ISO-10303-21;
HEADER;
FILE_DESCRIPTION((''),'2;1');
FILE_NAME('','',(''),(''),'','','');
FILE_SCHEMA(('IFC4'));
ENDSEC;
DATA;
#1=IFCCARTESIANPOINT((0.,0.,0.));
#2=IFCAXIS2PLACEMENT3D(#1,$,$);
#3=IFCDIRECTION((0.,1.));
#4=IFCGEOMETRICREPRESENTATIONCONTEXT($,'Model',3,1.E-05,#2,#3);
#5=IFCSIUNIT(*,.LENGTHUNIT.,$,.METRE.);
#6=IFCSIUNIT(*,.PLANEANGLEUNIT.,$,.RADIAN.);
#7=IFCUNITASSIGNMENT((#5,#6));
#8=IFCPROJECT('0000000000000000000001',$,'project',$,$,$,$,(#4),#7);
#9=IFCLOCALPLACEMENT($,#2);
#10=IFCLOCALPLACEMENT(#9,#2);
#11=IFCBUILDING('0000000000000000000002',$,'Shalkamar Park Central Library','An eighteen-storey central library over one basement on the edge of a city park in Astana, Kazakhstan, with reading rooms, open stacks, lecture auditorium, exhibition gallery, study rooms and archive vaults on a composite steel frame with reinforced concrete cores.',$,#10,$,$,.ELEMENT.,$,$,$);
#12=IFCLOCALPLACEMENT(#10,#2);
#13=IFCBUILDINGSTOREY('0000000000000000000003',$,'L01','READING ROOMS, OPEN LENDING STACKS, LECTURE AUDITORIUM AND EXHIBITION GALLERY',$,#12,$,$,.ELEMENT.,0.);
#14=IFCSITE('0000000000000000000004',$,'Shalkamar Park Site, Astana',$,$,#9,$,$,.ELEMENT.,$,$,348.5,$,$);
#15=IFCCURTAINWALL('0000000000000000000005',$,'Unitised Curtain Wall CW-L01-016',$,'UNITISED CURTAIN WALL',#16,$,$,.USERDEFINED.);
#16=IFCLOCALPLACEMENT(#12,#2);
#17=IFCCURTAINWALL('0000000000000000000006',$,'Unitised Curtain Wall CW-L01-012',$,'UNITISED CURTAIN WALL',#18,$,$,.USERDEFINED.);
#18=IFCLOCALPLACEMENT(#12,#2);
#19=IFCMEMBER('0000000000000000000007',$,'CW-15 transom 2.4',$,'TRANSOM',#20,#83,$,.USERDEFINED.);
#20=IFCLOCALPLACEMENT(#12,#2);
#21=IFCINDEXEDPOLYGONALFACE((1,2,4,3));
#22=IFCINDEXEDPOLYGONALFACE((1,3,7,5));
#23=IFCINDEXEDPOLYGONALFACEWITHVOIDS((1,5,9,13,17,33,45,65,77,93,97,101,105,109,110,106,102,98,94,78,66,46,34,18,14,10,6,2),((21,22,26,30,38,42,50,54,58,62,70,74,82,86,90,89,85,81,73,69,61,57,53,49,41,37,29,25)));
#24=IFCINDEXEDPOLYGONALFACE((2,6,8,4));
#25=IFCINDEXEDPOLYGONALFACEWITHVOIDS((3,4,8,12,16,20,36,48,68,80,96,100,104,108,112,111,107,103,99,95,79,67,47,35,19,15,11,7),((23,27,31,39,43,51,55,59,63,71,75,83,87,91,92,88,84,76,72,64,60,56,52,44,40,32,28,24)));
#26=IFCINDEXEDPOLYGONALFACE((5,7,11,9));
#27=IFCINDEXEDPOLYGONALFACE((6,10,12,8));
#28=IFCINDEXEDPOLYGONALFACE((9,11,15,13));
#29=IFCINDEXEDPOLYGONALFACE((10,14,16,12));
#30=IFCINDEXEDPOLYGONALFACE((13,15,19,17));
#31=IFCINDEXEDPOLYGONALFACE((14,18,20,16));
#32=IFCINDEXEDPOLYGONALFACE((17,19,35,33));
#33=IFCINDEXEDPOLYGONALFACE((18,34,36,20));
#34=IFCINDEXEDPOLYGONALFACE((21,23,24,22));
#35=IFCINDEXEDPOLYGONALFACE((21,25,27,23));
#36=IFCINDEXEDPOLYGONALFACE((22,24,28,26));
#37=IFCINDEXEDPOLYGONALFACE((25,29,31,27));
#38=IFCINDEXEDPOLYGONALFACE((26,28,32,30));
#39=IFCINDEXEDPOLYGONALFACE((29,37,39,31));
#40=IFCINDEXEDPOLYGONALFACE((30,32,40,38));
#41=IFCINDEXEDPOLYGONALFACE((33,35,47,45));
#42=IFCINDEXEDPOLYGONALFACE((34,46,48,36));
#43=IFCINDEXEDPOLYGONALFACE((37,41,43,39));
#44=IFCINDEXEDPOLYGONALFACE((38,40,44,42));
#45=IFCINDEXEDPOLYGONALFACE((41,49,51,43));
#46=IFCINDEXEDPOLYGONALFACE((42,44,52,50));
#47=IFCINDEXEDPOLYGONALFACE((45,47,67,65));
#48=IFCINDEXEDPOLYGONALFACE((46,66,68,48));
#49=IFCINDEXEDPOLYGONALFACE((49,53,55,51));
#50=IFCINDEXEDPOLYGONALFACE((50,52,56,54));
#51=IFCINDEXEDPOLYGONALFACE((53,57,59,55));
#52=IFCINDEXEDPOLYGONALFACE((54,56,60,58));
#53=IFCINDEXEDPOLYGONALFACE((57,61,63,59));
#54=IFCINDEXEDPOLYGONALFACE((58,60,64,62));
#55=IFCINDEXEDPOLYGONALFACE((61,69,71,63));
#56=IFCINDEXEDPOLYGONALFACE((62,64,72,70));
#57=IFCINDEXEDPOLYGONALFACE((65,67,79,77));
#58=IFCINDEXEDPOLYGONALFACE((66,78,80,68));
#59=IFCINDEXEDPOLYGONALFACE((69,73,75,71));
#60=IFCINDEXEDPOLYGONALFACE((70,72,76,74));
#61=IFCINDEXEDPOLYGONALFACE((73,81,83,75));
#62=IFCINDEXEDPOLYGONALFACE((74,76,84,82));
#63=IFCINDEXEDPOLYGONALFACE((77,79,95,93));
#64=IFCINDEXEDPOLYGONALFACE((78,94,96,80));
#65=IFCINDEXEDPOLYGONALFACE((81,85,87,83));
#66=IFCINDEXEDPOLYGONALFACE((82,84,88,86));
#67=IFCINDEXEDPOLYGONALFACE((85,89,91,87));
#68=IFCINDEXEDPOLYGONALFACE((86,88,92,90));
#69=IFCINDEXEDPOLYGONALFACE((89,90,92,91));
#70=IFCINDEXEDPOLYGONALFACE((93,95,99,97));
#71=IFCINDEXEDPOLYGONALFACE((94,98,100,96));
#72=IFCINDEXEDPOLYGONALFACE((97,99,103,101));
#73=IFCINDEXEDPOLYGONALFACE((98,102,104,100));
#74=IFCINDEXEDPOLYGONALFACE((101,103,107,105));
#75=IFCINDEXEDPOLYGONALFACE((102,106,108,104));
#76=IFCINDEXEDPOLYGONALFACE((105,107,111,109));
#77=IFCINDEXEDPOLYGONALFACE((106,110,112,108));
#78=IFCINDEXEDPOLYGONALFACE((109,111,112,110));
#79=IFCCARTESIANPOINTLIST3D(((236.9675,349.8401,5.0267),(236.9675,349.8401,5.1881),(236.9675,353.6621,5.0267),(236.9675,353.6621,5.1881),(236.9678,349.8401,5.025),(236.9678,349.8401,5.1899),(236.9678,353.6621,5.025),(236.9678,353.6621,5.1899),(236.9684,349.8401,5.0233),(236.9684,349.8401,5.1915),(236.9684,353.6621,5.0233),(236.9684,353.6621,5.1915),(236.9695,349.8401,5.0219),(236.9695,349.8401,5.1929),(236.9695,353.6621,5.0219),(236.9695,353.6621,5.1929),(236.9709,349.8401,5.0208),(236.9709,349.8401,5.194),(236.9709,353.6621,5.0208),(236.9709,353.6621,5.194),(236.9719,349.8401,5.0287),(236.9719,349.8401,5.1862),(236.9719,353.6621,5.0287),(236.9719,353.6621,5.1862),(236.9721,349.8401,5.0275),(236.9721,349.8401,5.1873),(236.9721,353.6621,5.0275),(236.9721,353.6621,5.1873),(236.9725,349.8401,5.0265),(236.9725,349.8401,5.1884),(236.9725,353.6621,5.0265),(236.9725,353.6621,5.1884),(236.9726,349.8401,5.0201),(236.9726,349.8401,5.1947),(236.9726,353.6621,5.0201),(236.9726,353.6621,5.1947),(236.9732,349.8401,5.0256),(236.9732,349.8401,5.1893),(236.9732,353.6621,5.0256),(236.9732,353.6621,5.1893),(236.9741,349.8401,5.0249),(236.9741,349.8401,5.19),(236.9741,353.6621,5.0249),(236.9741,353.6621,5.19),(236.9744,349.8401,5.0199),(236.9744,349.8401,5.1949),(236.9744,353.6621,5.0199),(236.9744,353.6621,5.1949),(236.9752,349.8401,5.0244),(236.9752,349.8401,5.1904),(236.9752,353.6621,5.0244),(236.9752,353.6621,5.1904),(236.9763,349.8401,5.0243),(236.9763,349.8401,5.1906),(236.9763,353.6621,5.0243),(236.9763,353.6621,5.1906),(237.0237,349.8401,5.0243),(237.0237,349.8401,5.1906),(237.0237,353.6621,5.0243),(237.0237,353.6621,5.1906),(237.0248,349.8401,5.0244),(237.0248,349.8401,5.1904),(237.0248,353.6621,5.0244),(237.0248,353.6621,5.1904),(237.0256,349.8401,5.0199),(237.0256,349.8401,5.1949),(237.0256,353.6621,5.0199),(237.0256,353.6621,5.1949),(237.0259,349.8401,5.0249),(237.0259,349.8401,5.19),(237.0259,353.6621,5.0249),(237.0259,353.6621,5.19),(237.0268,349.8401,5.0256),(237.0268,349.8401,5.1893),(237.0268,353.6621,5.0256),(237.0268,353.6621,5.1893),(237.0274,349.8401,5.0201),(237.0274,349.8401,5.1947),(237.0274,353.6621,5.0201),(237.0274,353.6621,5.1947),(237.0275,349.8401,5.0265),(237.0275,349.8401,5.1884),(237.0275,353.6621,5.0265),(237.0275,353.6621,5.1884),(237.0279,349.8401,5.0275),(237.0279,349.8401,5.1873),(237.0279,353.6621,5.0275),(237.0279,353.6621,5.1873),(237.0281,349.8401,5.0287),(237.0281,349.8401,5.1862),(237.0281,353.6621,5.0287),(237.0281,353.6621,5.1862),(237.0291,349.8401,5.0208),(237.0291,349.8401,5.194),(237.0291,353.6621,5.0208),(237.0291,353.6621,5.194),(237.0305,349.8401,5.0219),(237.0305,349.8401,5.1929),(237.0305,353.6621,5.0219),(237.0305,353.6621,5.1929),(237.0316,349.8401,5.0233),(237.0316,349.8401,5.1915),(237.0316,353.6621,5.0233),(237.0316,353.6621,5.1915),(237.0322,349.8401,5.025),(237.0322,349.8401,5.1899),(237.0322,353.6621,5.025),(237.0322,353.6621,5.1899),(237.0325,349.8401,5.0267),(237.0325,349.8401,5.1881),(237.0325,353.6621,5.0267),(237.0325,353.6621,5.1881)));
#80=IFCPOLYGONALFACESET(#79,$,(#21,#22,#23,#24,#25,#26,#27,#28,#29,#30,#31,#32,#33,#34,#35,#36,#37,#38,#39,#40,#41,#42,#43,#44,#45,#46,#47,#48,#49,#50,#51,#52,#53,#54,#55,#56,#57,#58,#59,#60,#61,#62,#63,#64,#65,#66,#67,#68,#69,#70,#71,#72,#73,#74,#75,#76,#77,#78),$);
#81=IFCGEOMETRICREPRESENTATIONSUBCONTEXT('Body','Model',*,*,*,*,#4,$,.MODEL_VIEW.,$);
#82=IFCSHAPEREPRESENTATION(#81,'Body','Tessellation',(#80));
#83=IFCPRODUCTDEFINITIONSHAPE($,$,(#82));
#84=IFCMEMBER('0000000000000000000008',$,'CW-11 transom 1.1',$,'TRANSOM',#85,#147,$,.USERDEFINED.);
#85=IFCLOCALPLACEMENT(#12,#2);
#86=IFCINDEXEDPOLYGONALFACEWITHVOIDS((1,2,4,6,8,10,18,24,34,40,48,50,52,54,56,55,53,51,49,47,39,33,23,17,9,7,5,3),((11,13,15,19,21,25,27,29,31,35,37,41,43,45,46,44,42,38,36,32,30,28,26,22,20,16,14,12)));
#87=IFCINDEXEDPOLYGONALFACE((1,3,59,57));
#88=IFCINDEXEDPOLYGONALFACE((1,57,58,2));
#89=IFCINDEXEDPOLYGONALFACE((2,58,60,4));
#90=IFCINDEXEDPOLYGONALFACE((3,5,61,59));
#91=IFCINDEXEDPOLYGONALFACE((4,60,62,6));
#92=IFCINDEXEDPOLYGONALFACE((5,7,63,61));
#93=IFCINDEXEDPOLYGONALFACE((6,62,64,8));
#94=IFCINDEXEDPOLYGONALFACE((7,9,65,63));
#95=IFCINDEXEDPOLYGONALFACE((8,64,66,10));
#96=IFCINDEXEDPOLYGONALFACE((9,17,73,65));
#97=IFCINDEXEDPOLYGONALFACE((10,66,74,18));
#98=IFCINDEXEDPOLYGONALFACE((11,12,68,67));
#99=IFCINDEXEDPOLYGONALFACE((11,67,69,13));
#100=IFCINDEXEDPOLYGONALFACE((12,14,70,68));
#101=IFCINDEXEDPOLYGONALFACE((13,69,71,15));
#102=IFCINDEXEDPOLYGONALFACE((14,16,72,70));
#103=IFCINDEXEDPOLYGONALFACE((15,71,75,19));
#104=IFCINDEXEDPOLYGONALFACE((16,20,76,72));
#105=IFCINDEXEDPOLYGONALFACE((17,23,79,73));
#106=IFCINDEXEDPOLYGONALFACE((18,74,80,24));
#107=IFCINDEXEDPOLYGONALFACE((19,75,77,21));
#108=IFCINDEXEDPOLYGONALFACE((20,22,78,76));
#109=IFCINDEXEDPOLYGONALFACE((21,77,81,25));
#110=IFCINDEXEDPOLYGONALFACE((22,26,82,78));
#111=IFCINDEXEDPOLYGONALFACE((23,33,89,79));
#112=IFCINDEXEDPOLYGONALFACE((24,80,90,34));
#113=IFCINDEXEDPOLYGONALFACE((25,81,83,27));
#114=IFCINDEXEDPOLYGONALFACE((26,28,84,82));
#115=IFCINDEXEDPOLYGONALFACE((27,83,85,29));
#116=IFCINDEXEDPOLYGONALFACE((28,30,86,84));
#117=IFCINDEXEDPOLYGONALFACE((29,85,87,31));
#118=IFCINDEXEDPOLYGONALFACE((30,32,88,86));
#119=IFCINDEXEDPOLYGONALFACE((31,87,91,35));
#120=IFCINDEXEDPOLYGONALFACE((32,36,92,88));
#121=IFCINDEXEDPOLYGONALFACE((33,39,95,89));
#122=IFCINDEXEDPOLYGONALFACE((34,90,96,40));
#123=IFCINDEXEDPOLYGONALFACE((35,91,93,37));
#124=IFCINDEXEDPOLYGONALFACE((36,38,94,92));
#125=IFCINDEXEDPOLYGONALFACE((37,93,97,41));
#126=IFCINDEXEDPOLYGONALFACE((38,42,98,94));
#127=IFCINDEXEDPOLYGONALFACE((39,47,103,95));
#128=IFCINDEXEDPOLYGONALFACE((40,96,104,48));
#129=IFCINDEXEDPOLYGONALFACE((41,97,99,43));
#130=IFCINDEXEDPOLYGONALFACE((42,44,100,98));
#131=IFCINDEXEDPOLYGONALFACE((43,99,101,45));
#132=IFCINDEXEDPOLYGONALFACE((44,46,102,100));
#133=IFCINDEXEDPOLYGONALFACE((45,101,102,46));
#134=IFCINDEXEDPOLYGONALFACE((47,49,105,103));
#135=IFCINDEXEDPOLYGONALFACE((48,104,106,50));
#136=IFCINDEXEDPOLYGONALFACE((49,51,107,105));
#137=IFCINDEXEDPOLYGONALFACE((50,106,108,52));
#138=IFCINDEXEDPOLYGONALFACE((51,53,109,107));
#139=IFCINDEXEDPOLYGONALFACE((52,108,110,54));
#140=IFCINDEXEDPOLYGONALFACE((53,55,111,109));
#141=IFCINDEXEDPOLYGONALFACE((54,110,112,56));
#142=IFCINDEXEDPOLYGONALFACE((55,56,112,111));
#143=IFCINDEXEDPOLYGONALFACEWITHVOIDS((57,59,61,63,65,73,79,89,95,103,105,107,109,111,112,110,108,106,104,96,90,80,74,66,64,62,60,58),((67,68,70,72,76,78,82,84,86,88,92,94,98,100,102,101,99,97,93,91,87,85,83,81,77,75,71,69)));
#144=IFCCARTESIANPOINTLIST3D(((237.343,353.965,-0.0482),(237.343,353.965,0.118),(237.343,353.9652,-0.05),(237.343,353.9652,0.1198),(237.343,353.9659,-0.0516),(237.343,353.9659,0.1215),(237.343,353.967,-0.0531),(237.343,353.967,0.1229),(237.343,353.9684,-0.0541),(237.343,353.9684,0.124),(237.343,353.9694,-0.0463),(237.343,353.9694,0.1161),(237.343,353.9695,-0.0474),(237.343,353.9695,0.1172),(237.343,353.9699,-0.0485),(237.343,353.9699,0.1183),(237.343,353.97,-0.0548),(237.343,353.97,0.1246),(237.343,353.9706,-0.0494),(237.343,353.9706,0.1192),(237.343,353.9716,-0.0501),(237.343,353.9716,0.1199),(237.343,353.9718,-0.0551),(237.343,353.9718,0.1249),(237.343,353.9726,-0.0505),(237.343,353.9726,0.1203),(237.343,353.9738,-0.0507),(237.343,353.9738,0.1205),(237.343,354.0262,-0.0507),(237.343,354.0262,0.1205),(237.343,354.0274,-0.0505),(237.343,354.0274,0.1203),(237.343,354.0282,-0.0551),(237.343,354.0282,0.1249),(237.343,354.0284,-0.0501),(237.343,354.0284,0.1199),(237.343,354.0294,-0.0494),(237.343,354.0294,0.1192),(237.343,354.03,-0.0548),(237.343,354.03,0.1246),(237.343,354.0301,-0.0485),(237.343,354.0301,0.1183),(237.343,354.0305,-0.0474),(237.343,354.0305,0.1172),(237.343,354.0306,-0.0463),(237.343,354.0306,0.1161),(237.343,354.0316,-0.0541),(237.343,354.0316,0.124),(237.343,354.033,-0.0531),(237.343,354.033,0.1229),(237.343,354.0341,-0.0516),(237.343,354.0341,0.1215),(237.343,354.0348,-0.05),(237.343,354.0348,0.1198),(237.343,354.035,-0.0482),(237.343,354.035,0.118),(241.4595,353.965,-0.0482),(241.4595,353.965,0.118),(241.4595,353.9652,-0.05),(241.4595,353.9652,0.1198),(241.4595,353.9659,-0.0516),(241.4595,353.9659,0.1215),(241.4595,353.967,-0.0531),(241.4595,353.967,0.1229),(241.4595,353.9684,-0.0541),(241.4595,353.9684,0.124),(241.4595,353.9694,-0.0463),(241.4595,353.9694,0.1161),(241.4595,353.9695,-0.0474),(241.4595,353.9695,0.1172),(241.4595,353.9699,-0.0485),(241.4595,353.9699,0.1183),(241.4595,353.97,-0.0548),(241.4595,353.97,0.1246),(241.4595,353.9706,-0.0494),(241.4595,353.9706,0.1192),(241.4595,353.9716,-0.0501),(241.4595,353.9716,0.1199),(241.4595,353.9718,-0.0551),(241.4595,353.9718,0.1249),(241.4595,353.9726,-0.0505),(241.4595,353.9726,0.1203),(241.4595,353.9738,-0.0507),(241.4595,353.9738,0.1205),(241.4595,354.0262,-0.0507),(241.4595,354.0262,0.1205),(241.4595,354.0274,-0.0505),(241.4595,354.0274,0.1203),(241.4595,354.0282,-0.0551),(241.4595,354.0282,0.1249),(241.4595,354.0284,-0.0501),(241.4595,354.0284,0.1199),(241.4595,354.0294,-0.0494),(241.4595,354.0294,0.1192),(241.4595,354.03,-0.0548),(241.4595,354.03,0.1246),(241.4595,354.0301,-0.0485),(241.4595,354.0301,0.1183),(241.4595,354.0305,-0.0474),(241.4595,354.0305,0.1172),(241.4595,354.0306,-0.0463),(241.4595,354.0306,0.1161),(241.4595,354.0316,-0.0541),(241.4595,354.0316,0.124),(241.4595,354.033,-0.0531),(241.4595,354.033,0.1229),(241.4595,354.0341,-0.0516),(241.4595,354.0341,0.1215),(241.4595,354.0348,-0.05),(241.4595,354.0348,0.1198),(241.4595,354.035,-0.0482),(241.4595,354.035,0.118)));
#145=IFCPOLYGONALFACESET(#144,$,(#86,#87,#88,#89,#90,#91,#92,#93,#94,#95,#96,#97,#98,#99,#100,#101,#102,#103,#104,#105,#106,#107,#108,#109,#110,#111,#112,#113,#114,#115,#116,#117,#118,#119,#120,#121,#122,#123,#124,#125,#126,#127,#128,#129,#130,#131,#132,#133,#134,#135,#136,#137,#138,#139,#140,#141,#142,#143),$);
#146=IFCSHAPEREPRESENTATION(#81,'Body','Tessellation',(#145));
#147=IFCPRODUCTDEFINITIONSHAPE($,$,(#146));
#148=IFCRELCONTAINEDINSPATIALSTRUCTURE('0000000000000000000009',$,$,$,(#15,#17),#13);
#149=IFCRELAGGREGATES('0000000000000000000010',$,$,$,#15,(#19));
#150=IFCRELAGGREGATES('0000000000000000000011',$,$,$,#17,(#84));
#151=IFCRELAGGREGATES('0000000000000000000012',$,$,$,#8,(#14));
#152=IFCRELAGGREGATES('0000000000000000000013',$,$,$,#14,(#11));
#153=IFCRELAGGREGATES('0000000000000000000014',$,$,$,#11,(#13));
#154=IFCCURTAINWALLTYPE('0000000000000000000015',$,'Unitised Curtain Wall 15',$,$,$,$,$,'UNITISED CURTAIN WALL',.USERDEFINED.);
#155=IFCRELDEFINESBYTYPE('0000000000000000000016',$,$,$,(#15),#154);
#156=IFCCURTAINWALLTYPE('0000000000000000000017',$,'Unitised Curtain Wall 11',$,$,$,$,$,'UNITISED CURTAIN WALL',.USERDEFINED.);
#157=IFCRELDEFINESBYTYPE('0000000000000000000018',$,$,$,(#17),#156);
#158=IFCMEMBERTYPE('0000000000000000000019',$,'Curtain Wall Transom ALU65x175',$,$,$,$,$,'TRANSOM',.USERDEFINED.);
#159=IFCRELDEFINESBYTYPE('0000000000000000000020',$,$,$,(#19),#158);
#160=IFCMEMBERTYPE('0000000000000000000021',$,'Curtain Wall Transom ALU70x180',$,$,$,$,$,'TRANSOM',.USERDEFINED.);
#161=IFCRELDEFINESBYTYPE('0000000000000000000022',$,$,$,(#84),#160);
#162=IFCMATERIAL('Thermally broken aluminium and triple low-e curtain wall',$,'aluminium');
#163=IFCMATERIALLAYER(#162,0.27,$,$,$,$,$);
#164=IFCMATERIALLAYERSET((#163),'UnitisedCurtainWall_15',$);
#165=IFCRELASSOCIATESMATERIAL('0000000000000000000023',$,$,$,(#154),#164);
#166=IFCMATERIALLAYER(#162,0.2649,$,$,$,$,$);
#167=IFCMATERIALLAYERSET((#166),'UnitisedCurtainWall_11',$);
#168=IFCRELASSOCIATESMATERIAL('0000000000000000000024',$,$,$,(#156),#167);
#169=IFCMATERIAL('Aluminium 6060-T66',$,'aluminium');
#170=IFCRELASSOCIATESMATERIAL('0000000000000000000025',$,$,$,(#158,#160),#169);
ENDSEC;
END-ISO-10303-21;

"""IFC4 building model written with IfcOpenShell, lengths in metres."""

from ifc_helpers import new_model, si_unit, direction, frame, origin, origin_2d, place, context, subcontext, project, spatial, hollow_rectangle, extrude, material, layer, layer_set, material_profile, profile_set, type_object, element, aggregate, save


model = new_model("IFC4")

# Units and contexts
model_context = context("Model", 3, precision=1e-05, world=origin(), true_north=direction((0.0, 1.0)))
body_context = subcontext(model_context, "Body", "Model", "MODEL_VIEW")
ifc_project = project(units=[si_unit("LENGTHUNIT", "METRE"), si_unit("PLANEANGLEUNIT", "RADIAN")], contexts=[model_context])

# Site, building, storey
site_placement = place(None, origin())
site = spatial("IfcSite", under=ifc_project, at=site_placement, Name="Shalkamar Park Site, Astana", CompositionType="ELEMENT", RefElevation=348.5)
building_placement = place(site_placement, origin())
building = spatial("IfcBuilding", under=site, at=building_placement, Name="Shalkamar Park Central Library", Description="An eighteen-storey central library over one basement on the edge of a city park in Astana, Kazakhstan, with reading rooms, open stacks, lecture auditorium, exhibition gallery, study rooms and archive vaults on a composite steel frame with reinforced concrete cores.", CompositionType="ELEMENT")
storey_placement = place(building_placement, origin())
storey = spatial("IfcBuildingStorey", under=building, at=storey_placement, Name="L01", Description="READING ROOMS, OPEN LENDING STACKS, LECTURE AUDITORIUM AND EXHIBITION GALLERY", CompositionType="ELEMENT", Elevation=0.0)

# Curtain walls
ifc_material_1 = material(Name="Thermally broken aluminium and triple low-e curtain wall", Category="aluminium")
ifc_layer_1 = layer(ifc_material_1, 0.27)
ifc_layer_set_1 = layer_set([ifc_layer_1], Name="UnitisedCurtainWall_15")
curtain_wall_type_1 = type_object("IfcCurtainWallType", Name="Unitised Curtain Wall 15", ElementType="UNITISED CURTAIN WALL", PredefinedType="USERDEFINED", material=ifc_layer_set_1)
curtain_wall_1_placement = place(storey_placement, origin())
curtain_wall_1 = element("IfcCurtainWall", 1, at=curtain_wall_1_placement, inside=storey, type_object=curtain_wall_type_1, Name="Unitised Curtain Wall CW-L01-016", ObjectType="UNITISED CURTAIN WALL", PredefinedType="USERDEFINED")
ifc_material_2 = material(Name="Aluminium 6060-T66", Category="aluminium")
ifc_layer_2 = layer(ifc_material_1, 0.2649)
ifc_layer_set_2 = layer_set([ifc_layer_2], Name="UnitisedCurtainWall_11")
curtain_wall_type_2 = type_object("IfcCurtainWallType", Name="Unitised Curtain Wall 11", ElementType="UNITISED CURTAIN WALL", PredefinedType="USERDEFINED", material=ifc_layer_set_2)
curtain_wall_2_placement = place(storey_placement, origin())
curtain_wall_2 = element("IfcCurtainWall", 2, at=curtain_wall_2_placement, inside=storey, type_object=curtain_wall_type_2, Name="Unitised Curtain Wall CW-L01-012", ObjectType="UNITISED CURTAIN WALL", PredefinedType="USERDEFINED")

# Members
ifc_material_profile_1 = material_profile(ifc_material_2, hollow_rectangle(XDim=0.0649, YDim=0.175, WallThickness=0.0044, InnerFilletRadius=0.0044, OuterFilletRadius=0.0068, at=origin_2d()), Name="ALU 65x175x4.5")
ifc_profile_set_1 = profile_set([ifc_material_profile_1], Name="Aluminium 6060-T66")
member_type_1 = type_object("IfcMemberType", Name="Curtain Wall Transom ALU65x175", ElementType="TRANSOM", PredefinedType="USERDEFINED", material=ifc_profile_set_1)
member_1_placement = place(storey_placement, frame((237.0, 349.8401, 5.1074), z_axis=(0.0, 1.0, 0.0), x_axis=(-1.0, 0.0, 0.0)))
member_1 = element("IfcMember", 3, at=member_1_placement, type_object=member_type_1, Name="CW-15 transom 2.4", ObjectType="TRANSOM", PredefinedType="USERDEFINED", context=body_context, shape_type="SweptSolid", body=[
    extrude(hollow_rectangle(XDim=0.0649, YDim=0.175, WallThickness=0.0044, InnerFilletRadius=0.0044, OuterFilletRadius=0.0068, at=origin_2d()), origin(), (0.0, 0.0, 1.0), 3.822),
])
ifc_material_profile_2 = material_profile(ifc_material_2, hollow_rectangle(XDim=0.0701, YDim=0.1799, WallThickness=0.0044, InnerFilletRadius=0.0044, OuterFilletRadius=0.0068, at=origin_2d()), Name="ALU 70x180x4.5")
ifc_profile_set_2 = profile_set([ifc_material_profile_2], Name="Aluminium 6060-T66")
member_type_2 = type_object("IfcMemberType", Name="Curtain Wall Transom ALU70x180", ElementType="TRANSOM", PredefinedType="USERDEFINED", material=ifc_profile_set_2)
member_2_placement = place(storey_placement, frame((237.343, 354.0, 0.0349), z_axis=(1.0, 0.0, 0.0), x_axis=(0.0, 1.0, 0.0)))
member_2 = element("IfcMember", 4, at=member_2_placement, type_object=member_type_2, Name="CW-11 transom 1.1", ObjectType="TRANSOM", PredefinedType="USERDEFINED", context=body_context, shape_type="SweptSolid", body=[
    extrude(hollow_rectangle(XDim=0.0701, YDim=0.1799, WallThickness=0.0044, InnerFilletRadius=0.0044, OuterFilletRadius=0.0068, at=origin_2d()), origin(), (0.0, 0.0, 1.0), 4.1165),
])

aggregate(curtain_wall_1, [member_1])
aggregate(curtain_wall_2, [member_2])

save(model, "model.ifc")
